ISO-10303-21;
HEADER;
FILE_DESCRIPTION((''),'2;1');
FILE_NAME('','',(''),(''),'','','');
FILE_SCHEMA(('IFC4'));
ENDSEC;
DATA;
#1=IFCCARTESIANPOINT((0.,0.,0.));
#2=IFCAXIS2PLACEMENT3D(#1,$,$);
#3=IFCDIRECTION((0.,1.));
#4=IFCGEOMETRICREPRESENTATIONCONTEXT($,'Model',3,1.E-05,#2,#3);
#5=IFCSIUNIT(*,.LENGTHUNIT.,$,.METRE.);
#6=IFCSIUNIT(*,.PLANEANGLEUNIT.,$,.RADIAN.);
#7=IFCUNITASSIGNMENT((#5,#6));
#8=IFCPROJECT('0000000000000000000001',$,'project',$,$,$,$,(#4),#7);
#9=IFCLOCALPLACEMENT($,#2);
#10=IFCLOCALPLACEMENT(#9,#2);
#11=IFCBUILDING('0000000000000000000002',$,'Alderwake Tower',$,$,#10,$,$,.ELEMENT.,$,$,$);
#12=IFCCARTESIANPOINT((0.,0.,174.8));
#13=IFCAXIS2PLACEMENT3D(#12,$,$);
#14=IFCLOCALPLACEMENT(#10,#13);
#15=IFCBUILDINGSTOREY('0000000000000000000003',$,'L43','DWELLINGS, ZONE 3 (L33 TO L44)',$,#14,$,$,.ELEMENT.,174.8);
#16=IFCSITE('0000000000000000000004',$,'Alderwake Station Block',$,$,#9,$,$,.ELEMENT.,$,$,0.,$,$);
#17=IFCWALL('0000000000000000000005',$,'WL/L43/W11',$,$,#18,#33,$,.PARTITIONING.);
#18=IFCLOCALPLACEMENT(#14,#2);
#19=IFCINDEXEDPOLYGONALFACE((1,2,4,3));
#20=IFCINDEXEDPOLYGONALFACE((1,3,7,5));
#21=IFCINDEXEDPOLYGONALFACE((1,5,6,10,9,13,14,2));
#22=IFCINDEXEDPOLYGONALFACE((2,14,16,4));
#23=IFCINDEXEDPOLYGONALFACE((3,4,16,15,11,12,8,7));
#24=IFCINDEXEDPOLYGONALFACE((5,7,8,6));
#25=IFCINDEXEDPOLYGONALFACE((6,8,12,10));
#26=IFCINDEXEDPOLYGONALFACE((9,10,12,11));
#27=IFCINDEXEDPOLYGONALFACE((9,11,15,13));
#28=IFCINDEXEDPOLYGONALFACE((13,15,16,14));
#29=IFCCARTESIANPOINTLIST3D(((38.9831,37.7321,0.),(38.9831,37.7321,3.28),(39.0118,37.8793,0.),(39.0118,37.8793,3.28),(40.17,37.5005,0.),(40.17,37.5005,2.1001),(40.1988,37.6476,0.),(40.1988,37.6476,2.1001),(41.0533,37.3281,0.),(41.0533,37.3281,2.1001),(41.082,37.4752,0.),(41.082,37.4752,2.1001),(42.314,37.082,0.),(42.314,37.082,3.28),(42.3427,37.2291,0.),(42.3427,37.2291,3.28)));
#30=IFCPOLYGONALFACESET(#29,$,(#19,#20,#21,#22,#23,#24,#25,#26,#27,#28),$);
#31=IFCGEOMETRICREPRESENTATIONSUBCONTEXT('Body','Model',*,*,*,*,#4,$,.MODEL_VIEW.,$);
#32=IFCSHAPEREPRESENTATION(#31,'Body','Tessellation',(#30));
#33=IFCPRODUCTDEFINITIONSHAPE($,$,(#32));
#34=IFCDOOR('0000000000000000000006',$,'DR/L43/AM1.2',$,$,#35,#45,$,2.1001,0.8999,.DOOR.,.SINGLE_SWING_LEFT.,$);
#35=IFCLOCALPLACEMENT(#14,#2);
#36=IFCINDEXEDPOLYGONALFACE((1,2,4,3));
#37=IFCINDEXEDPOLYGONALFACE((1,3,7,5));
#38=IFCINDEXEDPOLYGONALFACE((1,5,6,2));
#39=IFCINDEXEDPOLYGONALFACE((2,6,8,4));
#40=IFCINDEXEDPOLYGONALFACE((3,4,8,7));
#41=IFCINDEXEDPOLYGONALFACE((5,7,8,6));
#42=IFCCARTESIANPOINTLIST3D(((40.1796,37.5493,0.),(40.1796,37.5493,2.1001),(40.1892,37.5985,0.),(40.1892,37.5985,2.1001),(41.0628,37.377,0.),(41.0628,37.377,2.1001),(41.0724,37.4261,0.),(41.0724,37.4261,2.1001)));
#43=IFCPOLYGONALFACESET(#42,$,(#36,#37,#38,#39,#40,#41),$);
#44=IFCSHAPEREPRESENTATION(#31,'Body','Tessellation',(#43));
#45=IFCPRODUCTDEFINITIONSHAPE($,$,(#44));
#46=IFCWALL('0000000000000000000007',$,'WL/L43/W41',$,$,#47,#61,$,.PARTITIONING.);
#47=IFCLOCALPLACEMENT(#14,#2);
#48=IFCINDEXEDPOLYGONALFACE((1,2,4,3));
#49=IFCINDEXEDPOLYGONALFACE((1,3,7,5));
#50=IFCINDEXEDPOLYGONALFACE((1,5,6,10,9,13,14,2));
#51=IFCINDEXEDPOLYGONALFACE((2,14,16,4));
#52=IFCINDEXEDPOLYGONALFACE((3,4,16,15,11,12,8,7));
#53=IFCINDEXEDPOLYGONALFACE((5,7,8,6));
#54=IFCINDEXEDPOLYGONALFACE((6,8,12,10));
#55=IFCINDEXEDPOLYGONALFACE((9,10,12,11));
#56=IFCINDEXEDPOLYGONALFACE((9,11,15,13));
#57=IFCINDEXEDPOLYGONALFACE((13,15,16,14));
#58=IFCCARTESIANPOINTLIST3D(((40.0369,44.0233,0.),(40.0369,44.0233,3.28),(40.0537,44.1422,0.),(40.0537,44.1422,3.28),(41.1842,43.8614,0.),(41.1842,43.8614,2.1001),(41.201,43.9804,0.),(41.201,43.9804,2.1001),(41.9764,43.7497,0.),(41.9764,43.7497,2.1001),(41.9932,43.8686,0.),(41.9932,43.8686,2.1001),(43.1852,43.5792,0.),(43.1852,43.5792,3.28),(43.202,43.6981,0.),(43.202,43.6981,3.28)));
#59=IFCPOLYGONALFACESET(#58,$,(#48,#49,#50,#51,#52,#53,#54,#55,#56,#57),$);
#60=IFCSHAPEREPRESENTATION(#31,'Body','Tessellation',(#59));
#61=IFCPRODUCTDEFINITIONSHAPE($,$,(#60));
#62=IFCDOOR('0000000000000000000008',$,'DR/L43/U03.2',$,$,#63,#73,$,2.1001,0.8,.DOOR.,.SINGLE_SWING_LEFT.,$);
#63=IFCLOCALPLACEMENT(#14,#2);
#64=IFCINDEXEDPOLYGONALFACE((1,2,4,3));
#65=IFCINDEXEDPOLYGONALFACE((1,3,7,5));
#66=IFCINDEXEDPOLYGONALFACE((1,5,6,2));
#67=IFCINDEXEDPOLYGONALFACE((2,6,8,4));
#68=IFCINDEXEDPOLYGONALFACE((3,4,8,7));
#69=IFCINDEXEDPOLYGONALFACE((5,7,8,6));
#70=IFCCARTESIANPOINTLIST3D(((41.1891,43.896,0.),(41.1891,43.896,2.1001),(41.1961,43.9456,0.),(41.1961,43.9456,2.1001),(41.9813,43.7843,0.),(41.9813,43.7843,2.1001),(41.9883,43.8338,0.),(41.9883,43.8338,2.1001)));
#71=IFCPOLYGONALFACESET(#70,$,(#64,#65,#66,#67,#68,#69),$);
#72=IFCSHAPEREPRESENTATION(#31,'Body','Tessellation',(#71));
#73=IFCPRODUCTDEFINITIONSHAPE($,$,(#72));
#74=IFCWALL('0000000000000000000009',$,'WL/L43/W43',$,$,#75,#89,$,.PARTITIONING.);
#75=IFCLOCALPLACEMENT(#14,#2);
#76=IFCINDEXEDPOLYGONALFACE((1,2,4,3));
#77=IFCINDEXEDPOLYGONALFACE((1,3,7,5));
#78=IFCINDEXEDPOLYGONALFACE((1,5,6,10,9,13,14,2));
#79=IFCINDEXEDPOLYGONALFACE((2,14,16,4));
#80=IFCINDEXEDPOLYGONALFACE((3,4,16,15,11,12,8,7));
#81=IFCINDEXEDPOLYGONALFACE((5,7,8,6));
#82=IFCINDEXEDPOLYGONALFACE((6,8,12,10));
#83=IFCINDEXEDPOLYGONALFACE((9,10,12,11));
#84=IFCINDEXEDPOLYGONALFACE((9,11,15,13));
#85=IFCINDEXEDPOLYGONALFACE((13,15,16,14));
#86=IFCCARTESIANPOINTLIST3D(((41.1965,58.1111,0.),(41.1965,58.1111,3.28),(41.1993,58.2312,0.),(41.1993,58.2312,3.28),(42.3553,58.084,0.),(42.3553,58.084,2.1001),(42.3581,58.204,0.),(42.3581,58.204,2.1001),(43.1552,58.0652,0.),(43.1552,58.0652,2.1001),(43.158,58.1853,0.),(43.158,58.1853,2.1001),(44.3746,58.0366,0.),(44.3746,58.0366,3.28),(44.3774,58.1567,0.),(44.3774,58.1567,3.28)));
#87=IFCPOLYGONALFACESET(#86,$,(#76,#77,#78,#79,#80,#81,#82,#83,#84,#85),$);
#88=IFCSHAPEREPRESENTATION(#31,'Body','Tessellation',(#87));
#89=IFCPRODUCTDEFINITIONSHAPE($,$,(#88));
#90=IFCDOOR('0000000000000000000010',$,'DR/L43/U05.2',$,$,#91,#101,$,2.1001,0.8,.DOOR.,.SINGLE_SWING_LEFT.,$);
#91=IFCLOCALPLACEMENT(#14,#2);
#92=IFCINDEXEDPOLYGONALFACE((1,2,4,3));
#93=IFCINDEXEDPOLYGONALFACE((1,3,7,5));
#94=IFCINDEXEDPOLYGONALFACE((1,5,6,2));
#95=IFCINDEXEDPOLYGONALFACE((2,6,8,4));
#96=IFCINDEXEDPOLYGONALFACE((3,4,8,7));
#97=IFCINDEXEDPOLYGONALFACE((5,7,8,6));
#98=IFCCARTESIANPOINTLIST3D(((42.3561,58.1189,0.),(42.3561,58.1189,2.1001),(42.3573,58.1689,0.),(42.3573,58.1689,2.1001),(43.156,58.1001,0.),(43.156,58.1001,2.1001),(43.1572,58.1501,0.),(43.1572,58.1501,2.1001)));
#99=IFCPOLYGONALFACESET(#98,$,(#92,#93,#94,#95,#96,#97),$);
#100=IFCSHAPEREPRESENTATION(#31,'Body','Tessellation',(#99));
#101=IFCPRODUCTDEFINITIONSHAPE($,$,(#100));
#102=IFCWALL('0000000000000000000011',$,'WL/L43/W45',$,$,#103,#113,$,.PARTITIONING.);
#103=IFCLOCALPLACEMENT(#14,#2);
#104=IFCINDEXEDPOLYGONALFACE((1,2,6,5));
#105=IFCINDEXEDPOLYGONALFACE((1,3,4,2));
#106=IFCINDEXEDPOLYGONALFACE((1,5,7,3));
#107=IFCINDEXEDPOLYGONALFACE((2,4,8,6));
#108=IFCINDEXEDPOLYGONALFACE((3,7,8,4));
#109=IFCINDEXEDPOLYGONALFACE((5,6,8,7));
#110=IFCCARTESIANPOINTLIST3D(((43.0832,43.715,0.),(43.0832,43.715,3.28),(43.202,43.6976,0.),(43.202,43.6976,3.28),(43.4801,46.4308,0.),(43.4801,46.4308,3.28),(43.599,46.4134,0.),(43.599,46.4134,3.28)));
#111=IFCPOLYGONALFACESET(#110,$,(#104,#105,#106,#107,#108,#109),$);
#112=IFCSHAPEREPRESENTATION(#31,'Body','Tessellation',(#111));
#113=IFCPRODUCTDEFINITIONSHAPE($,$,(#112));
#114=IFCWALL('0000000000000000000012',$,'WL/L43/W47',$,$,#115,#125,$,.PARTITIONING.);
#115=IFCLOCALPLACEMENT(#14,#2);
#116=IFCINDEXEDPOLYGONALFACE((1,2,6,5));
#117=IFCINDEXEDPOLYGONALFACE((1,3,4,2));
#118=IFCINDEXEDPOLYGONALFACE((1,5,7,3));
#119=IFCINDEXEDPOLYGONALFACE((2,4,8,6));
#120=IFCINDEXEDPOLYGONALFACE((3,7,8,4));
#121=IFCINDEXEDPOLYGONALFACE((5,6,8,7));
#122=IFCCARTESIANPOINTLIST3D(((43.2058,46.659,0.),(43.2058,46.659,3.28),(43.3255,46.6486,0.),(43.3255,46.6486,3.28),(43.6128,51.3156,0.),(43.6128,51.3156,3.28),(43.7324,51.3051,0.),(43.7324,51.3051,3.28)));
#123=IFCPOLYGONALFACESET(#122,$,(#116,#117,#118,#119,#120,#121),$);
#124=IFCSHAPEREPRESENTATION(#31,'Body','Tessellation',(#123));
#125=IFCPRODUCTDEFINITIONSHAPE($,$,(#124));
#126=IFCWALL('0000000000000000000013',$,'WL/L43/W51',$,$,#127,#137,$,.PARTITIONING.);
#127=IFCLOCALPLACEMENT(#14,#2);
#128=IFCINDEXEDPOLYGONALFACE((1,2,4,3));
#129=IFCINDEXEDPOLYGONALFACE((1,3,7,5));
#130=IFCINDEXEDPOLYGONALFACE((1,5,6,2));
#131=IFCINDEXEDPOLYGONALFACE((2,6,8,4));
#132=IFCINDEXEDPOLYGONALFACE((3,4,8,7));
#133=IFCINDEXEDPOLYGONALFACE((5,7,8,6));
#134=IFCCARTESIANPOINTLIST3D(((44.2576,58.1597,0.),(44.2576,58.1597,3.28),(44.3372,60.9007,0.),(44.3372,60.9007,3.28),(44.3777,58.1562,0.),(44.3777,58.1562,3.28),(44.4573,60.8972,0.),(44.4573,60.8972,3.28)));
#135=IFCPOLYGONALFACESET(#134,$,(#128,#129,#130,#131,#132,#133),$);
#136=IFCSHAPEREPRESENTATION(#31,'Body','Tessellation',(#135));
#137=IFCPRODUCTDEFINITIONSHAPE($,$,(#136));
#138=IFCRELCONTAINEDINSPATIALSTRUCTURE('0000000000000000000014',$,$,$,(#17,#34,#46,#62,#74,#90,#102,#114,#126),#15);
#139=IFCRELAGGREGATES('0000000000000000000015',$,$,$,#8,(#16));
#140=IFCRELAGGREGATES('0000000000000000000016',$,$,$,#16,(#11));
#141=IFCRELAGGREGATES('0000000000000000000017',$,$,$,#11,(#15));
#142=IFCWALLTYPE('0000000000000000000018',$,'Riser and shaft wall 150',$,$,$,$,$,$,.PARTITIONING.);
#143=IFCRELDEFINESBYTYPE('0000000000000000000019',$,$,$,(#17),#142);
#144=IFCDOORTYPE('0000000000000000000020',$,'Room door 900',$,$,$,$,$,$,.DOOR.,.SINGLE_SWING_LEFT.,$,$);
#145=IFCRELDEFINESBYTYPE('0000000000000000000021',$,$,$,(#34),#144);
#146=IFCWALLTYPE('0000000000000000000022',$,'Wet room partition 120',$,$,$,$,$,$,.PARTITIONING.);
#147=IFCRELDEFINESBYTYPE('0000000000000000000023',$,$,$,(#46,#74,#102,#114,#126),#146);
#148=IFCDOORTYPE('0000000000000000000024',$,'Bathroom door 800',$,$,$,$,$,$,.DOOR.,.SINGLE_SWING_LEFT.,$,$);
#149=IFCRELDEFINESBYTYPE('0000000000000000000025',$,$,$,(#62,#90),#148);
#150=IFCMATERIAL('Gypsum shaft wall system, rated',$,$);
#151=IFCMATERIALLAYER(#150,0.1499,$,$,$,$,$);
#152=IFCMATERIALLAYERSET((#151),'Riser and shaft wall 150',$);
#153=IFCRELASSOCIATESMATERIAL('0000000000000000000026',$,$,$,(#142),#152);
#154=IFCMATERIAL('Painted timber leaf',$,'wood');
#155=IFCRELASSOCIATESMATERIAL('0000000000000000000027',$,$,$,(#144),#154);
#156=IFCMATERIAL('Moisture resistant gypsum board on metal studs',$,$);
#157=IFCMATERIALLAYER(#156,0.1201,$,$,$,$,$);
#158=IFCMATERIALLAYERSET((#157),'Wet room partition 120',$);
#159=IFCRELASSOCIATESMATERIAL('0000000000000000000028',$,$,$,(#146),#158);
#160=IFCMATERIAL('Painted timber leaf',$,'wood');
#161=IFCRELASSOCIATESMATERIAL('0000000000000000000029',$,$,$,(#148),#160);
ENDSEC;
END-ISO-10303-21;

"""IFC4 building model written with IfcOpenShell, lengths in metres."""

from ifc_helpers import new_model, si_unit, direction, frame, frame_2d, origin, place, context, subcontext, project, spatial, rectangle, extrude, material, layer, layer_set, type_object, element, fill, save


model = new_model("IFC4")

# Units and contexts
model_context = context("Model", 3, precision=1e-05, world=origin(), true_north=direction((0.0, 1.0)))
body_context = subcontext(model_context, "Body", "Model", "MODEL_VIEW")
ifc_project = project(units=[si_unit("LENGTHUNIT", "METRE"), si_unit("PLANEANGLEUNIT", "RADIAN")], contexts=[model_context])

# Site, building, storey
site_placement = place(None, origin())
site = spatial("IfcSite", under=ifc_project, at=site_placement, Name="Alderwake Station Block", CompositionType="ELEMENT", RefElevation=0.0)
building_placement = place(site_placement, origin())
building = spatial("IfcBuilding", under=site, at=building_placement, Name="Alderwake Tower", CompositionType="ELEMENT")
storey_placement = place(building_placement, frame((0.0, 0.0, 174.8)))
storey = spatial("IfcBuildingStorey", under=building, at=storey_placement, Name="L43", Description="DWELLINGS, ZONE 3 (L33 TO L44)", CompositionType="ELEMENT", Elevation=174.8)

# Walls, openings, doors
ifc_material_1 = material(Name="Gypsum shaft wall system, rated")
ifc_layer_1 = layer(ifc_material_1, 0.1499)
ifc_layer_set_1 = layer_set([ifc_layer_1], Name="Riser and shaft wall 150")
wall_type_1 = type_object("IfcWallType", Name="Riser and shaft wall 150", PredefinedType="PARTITIONING", material=ifc_layer_set_1)
wall_1_placement = place(storey_placement, frame((38.9976, 37.8057, 0.0), z_axis=(0.0, 0.0, 1.0), x_axis=(0.98148, -0.191563, 0.0)))
wall_1 = element("IfcWall", 1, at=wall_1_placement, inside=storey, type_object=wall_type_1, Name="WL/L43/W11", PredefinedType="PARTITIONING", context=body_context, shape_type="SweptSolid", body=[
    extrude(rectangle(XDim=3.3938, YDim=0.1499, at=frame_2d((1.6968, 0.0))), origin(), (0.0, 0.0, 1.0), 3.28),
])
opening_1_placement = place(wall_1_placement, frame((1.2092, 0.0, 0.0)))
opening_1 = element("IfcOpeningElement", 2, at=opening_1_placement, cuts=wall_1, PredefinedType="OPENING", context=body_context, shape_type="SweptSolid", body=[
    extrude(rectangle(XDim=0.8999, YDim=2.1001, at=frame_2d((0.45, 1.05))), frame((0.0, 0.085, 0.0), z_axis=(0.0, -1.0, 0.0), x_axis=(1.0, 0.0, 0.0)), (0.0, 0.0, 1.0), 0.1699),
])
ifc_material_2 = material(Name="Painted timber leaf", Category="wood")
door_type_1 = type_object("IfcDoorType", Name="Room door 900", OperationType="SINGLE_SWING_LEFT", PredefinedType="DOOR", material=ifc_material_2)
door_1_placement = place(opening_1_placement, origin())
door_1 = element("IfcDoor", 3, at=door_1_placement, inside=storey, type_object=door_type_1, Name="DR/L43/AM1.2", OperationType="SINGLE_SWING_LEFT", OverallHeight=2.1001, OverallWidth=0.8999, PredefinedType="DOOR", context=body_context, shape_type="SweptSolid", body=[
    extrude(rectangle(XDim=0.8999, YDim=2.1001, at=frame_2d((0.45, 1.05))), frame((0.0, 0.0249, 0.0), z_axis=(0.0, -1.0, 0.0), x_axis=(1.0, 0.0, 0.0)), (0.0, 0.0, 1.0), 0.05),
])
fill(opening_1, door_1)
ifc_material_3 = material(Name="Moisture resistant gypsum board on metal studs")
ifc_layer_2 = layer(ifc_material_3, 0.1201)
ifc_layer_set_2 = layer_set([ifc_layer_2], Name="Wet room partition 120")
wall_type_2 = type_object("IfcWallType", Name="Wet room partition 120", PredefinedType="PARTITIONING", material=ifc_layer_set_2)
wall_2_placement = place(storey_placement, frame((40.0452, 44.0828, 0.0), z_axis=(0.0, 0.0, 1.0), x_axis=(0.990197, -0.13968, 0.0)))
wall_2 = element("IfcWall", 4, at=wall_2_placement, inside=storey, type_object=wall_type_2, Name="WL/L43/W41", PredefinedType="PARTITIONING", context=body_context, shape_type="SweptSolid", body=[
    extrude(rectangle(XDim=3.1794, YDim=0.1201, at=frame_2d((1.5898, 0.0))), origin(), (0.0, 0.0, 1.0), 3.28),
])
opening_2_placement = place(wall_2_placement, frame((1.1589, 0.0, 0.0)))
opening_2 = element("IfcOpeningElement", 5, at=opening_2_placement, cuts=wall_2, PredefinedType="OPENING", context=body_context, shape_type="SweptSolid", body=[
    extrude(rectangle(XDim=0.8, YDim=2.1001, at=frame_2d((0.3999, 1.05))), frame((0.0, 0.0701, 0.0), z_axis=(0.0, -1.0, 0.0), x_axis=(1.0, 0.0, 0.0)), (0.0, 0.0, 1.0), 0.1401),
])
ifc_material_4 = material(Name="Painted timber leaf", Category="wood")
door_type_2 = type_object("IfcDoorType", Name="Bathroom door 800", OperationType="SINGLE_SWING_LEFT", PredefinedType="DOOR", material=ifc_material_4)
door_2_placement = place(opening_2_placement, origin())
door_2 = element("IfcDoor", 6, at=door_2_placement, inside=storey, type_object=door_type_2, Name="DR/L43/U03.2", OperationType="SINGLE_SWING_LEFT", OverallHeight=2.1001, OverallWidth=0.8, PredefinedType="DOOR", context=body_context, shape_type="SweptSolid", body=[
    extrude(rectangle(XDim=0.8, YDim=2.1001, at=frame_2d((0.3999, 1.05))), frame((0.0, 0.0249, 0.0), z_axis=(0.0, -1.0, 0.0), x_axis=(1.0, 0.0, 0.0)), (0.0, 0.0, 1.0), 0.05),
])
fill(opening_2, door_2)
wall_3_placement = place(storey_placement, frame((41.198, 58.1711, 0.0), z_axis=(0.0, 0.0, 1.0), x_axis=(0.999726, -0.023424, 0.0)))
wall_3 = element("IfcWall", 7, at=wall_3_placement, inside=storey, type_object=wall_type_2, Name="WL/L43/W43", PredefinedType="PARTITIONING", context=body_context, shape_type="SweptSolid", body=[
    extrude(rectangle(XDim=3.179, YDim=0.1201, at=frame_2d((1.5894, 0.0))), origin(), (0.0, 0.0, 1.0), 3.28),
])
opening_3_placement = place(wall_3_placement, frame((1.1592, 0.0, 0.0)))
opening_3 = element("IfcOpeningElement", 8, at=opening_3_placement, cuts=wall_3, PredefinedType="OPENING", context=body_context, shape_type="SweptSolid", body=[
    extrude(rectangle(XDim=0.8, YDim=2.1001, at=frame_2d((0.3999, 1.05))), frame((0.0, 0.0701, 0.0), z_axis=(0.0, -1.0, 0.0), x_axis=(1.0, 0.0, 0.0)), (0.0, 0.0, 1.0), 0.1401),
])
door_3_placement = place(opening_3_placement, origin())
door_3 = element("IfcDoor", 9, at=door_3_placement, inside=storey, type_object=door_type_2, Name="DR/L43/U05.2", OperationType="SINGLE_SWING_LEFT", OverallHeight=2.1001, OverallWidth=0.8, PredefinedType="DOOR", context=body_context, shape_type="SweptSolid", body=[
    extrude(rectangle(XDim=0.8, YDim=2.1001, at=frame_2d((0.3999, 1.05))), frame((0.0, 0.0249, 0.0), z_axis=(0.0, -1.0, 0.0), x_axis=(1.0, 0.0, 0.0)), (0.0, 0.0, 1.0), 0.05),
])
fill(opening_3, door_3)

# Walls
wall_4_placement = place(storey_placement, frame((43.1426, 43.7063, 0.0), z_axis=(0.0, 0.0, 1.0), x_axis=(0.144634, 0.989485, 0.0)))
element("IfcWall", 10, at=wall_4_placement, inside=storey, type_object=wall_type_2, Name="WL/L43/W45", PredefinedType="PARTITIONING", context=body_context, shape_type="SweptSolid", body=[
    extrude(rectangle(XDim=2.7446, YDim=0.1201, at=frame_2d((1.3723, 0.0))), origin(), (0.0, 0.0, 1.0), 3.28),
])
wall_5_placement = place(storey_placement, frame((43.2656, 46.6538, 0.0), z_axis=(0.0, 0.0, 1.0), x_axis=(0.087069, 0.996202, 0.0)))
element("IfcWall", 11, at=wall_5_placement, inside=storey, type_object=wall_type_2, Name="WL/L43/W47", PredefinedType="PARTITIONING", context=body_context, shape_type="SweptSolid", body=[
    extrude(rectangle(XDim=4.6743, YDim=0.1201, at=frame_2d((2.3372, 0.0))), origin(), (0.0, 0.0, 1.0), 3.28),
])
wall_6_placement = place(storey_placement, frame((44.3176, 58.158, 0.0), z_axis=(0.0, 0.0, 1.0), x_axis=(0.029025, 0.999579, 0.0)))
element("IfcWall", 12, at=wall_6_placement, inside=storey, type_object=wall_type_2, Name="WL/L43/W51", PredefinedType="PARTITIONING", context=body_context, shape_type="SweptSolid", body=[
    extrude(rectangle(XDim=2.7422, YDim=0.1201, at=frame_2d((1.3711, 0.0))), origin(), (0.0, 0.0, 1.0), 3.28),
])

save(model, "model.ifc")
